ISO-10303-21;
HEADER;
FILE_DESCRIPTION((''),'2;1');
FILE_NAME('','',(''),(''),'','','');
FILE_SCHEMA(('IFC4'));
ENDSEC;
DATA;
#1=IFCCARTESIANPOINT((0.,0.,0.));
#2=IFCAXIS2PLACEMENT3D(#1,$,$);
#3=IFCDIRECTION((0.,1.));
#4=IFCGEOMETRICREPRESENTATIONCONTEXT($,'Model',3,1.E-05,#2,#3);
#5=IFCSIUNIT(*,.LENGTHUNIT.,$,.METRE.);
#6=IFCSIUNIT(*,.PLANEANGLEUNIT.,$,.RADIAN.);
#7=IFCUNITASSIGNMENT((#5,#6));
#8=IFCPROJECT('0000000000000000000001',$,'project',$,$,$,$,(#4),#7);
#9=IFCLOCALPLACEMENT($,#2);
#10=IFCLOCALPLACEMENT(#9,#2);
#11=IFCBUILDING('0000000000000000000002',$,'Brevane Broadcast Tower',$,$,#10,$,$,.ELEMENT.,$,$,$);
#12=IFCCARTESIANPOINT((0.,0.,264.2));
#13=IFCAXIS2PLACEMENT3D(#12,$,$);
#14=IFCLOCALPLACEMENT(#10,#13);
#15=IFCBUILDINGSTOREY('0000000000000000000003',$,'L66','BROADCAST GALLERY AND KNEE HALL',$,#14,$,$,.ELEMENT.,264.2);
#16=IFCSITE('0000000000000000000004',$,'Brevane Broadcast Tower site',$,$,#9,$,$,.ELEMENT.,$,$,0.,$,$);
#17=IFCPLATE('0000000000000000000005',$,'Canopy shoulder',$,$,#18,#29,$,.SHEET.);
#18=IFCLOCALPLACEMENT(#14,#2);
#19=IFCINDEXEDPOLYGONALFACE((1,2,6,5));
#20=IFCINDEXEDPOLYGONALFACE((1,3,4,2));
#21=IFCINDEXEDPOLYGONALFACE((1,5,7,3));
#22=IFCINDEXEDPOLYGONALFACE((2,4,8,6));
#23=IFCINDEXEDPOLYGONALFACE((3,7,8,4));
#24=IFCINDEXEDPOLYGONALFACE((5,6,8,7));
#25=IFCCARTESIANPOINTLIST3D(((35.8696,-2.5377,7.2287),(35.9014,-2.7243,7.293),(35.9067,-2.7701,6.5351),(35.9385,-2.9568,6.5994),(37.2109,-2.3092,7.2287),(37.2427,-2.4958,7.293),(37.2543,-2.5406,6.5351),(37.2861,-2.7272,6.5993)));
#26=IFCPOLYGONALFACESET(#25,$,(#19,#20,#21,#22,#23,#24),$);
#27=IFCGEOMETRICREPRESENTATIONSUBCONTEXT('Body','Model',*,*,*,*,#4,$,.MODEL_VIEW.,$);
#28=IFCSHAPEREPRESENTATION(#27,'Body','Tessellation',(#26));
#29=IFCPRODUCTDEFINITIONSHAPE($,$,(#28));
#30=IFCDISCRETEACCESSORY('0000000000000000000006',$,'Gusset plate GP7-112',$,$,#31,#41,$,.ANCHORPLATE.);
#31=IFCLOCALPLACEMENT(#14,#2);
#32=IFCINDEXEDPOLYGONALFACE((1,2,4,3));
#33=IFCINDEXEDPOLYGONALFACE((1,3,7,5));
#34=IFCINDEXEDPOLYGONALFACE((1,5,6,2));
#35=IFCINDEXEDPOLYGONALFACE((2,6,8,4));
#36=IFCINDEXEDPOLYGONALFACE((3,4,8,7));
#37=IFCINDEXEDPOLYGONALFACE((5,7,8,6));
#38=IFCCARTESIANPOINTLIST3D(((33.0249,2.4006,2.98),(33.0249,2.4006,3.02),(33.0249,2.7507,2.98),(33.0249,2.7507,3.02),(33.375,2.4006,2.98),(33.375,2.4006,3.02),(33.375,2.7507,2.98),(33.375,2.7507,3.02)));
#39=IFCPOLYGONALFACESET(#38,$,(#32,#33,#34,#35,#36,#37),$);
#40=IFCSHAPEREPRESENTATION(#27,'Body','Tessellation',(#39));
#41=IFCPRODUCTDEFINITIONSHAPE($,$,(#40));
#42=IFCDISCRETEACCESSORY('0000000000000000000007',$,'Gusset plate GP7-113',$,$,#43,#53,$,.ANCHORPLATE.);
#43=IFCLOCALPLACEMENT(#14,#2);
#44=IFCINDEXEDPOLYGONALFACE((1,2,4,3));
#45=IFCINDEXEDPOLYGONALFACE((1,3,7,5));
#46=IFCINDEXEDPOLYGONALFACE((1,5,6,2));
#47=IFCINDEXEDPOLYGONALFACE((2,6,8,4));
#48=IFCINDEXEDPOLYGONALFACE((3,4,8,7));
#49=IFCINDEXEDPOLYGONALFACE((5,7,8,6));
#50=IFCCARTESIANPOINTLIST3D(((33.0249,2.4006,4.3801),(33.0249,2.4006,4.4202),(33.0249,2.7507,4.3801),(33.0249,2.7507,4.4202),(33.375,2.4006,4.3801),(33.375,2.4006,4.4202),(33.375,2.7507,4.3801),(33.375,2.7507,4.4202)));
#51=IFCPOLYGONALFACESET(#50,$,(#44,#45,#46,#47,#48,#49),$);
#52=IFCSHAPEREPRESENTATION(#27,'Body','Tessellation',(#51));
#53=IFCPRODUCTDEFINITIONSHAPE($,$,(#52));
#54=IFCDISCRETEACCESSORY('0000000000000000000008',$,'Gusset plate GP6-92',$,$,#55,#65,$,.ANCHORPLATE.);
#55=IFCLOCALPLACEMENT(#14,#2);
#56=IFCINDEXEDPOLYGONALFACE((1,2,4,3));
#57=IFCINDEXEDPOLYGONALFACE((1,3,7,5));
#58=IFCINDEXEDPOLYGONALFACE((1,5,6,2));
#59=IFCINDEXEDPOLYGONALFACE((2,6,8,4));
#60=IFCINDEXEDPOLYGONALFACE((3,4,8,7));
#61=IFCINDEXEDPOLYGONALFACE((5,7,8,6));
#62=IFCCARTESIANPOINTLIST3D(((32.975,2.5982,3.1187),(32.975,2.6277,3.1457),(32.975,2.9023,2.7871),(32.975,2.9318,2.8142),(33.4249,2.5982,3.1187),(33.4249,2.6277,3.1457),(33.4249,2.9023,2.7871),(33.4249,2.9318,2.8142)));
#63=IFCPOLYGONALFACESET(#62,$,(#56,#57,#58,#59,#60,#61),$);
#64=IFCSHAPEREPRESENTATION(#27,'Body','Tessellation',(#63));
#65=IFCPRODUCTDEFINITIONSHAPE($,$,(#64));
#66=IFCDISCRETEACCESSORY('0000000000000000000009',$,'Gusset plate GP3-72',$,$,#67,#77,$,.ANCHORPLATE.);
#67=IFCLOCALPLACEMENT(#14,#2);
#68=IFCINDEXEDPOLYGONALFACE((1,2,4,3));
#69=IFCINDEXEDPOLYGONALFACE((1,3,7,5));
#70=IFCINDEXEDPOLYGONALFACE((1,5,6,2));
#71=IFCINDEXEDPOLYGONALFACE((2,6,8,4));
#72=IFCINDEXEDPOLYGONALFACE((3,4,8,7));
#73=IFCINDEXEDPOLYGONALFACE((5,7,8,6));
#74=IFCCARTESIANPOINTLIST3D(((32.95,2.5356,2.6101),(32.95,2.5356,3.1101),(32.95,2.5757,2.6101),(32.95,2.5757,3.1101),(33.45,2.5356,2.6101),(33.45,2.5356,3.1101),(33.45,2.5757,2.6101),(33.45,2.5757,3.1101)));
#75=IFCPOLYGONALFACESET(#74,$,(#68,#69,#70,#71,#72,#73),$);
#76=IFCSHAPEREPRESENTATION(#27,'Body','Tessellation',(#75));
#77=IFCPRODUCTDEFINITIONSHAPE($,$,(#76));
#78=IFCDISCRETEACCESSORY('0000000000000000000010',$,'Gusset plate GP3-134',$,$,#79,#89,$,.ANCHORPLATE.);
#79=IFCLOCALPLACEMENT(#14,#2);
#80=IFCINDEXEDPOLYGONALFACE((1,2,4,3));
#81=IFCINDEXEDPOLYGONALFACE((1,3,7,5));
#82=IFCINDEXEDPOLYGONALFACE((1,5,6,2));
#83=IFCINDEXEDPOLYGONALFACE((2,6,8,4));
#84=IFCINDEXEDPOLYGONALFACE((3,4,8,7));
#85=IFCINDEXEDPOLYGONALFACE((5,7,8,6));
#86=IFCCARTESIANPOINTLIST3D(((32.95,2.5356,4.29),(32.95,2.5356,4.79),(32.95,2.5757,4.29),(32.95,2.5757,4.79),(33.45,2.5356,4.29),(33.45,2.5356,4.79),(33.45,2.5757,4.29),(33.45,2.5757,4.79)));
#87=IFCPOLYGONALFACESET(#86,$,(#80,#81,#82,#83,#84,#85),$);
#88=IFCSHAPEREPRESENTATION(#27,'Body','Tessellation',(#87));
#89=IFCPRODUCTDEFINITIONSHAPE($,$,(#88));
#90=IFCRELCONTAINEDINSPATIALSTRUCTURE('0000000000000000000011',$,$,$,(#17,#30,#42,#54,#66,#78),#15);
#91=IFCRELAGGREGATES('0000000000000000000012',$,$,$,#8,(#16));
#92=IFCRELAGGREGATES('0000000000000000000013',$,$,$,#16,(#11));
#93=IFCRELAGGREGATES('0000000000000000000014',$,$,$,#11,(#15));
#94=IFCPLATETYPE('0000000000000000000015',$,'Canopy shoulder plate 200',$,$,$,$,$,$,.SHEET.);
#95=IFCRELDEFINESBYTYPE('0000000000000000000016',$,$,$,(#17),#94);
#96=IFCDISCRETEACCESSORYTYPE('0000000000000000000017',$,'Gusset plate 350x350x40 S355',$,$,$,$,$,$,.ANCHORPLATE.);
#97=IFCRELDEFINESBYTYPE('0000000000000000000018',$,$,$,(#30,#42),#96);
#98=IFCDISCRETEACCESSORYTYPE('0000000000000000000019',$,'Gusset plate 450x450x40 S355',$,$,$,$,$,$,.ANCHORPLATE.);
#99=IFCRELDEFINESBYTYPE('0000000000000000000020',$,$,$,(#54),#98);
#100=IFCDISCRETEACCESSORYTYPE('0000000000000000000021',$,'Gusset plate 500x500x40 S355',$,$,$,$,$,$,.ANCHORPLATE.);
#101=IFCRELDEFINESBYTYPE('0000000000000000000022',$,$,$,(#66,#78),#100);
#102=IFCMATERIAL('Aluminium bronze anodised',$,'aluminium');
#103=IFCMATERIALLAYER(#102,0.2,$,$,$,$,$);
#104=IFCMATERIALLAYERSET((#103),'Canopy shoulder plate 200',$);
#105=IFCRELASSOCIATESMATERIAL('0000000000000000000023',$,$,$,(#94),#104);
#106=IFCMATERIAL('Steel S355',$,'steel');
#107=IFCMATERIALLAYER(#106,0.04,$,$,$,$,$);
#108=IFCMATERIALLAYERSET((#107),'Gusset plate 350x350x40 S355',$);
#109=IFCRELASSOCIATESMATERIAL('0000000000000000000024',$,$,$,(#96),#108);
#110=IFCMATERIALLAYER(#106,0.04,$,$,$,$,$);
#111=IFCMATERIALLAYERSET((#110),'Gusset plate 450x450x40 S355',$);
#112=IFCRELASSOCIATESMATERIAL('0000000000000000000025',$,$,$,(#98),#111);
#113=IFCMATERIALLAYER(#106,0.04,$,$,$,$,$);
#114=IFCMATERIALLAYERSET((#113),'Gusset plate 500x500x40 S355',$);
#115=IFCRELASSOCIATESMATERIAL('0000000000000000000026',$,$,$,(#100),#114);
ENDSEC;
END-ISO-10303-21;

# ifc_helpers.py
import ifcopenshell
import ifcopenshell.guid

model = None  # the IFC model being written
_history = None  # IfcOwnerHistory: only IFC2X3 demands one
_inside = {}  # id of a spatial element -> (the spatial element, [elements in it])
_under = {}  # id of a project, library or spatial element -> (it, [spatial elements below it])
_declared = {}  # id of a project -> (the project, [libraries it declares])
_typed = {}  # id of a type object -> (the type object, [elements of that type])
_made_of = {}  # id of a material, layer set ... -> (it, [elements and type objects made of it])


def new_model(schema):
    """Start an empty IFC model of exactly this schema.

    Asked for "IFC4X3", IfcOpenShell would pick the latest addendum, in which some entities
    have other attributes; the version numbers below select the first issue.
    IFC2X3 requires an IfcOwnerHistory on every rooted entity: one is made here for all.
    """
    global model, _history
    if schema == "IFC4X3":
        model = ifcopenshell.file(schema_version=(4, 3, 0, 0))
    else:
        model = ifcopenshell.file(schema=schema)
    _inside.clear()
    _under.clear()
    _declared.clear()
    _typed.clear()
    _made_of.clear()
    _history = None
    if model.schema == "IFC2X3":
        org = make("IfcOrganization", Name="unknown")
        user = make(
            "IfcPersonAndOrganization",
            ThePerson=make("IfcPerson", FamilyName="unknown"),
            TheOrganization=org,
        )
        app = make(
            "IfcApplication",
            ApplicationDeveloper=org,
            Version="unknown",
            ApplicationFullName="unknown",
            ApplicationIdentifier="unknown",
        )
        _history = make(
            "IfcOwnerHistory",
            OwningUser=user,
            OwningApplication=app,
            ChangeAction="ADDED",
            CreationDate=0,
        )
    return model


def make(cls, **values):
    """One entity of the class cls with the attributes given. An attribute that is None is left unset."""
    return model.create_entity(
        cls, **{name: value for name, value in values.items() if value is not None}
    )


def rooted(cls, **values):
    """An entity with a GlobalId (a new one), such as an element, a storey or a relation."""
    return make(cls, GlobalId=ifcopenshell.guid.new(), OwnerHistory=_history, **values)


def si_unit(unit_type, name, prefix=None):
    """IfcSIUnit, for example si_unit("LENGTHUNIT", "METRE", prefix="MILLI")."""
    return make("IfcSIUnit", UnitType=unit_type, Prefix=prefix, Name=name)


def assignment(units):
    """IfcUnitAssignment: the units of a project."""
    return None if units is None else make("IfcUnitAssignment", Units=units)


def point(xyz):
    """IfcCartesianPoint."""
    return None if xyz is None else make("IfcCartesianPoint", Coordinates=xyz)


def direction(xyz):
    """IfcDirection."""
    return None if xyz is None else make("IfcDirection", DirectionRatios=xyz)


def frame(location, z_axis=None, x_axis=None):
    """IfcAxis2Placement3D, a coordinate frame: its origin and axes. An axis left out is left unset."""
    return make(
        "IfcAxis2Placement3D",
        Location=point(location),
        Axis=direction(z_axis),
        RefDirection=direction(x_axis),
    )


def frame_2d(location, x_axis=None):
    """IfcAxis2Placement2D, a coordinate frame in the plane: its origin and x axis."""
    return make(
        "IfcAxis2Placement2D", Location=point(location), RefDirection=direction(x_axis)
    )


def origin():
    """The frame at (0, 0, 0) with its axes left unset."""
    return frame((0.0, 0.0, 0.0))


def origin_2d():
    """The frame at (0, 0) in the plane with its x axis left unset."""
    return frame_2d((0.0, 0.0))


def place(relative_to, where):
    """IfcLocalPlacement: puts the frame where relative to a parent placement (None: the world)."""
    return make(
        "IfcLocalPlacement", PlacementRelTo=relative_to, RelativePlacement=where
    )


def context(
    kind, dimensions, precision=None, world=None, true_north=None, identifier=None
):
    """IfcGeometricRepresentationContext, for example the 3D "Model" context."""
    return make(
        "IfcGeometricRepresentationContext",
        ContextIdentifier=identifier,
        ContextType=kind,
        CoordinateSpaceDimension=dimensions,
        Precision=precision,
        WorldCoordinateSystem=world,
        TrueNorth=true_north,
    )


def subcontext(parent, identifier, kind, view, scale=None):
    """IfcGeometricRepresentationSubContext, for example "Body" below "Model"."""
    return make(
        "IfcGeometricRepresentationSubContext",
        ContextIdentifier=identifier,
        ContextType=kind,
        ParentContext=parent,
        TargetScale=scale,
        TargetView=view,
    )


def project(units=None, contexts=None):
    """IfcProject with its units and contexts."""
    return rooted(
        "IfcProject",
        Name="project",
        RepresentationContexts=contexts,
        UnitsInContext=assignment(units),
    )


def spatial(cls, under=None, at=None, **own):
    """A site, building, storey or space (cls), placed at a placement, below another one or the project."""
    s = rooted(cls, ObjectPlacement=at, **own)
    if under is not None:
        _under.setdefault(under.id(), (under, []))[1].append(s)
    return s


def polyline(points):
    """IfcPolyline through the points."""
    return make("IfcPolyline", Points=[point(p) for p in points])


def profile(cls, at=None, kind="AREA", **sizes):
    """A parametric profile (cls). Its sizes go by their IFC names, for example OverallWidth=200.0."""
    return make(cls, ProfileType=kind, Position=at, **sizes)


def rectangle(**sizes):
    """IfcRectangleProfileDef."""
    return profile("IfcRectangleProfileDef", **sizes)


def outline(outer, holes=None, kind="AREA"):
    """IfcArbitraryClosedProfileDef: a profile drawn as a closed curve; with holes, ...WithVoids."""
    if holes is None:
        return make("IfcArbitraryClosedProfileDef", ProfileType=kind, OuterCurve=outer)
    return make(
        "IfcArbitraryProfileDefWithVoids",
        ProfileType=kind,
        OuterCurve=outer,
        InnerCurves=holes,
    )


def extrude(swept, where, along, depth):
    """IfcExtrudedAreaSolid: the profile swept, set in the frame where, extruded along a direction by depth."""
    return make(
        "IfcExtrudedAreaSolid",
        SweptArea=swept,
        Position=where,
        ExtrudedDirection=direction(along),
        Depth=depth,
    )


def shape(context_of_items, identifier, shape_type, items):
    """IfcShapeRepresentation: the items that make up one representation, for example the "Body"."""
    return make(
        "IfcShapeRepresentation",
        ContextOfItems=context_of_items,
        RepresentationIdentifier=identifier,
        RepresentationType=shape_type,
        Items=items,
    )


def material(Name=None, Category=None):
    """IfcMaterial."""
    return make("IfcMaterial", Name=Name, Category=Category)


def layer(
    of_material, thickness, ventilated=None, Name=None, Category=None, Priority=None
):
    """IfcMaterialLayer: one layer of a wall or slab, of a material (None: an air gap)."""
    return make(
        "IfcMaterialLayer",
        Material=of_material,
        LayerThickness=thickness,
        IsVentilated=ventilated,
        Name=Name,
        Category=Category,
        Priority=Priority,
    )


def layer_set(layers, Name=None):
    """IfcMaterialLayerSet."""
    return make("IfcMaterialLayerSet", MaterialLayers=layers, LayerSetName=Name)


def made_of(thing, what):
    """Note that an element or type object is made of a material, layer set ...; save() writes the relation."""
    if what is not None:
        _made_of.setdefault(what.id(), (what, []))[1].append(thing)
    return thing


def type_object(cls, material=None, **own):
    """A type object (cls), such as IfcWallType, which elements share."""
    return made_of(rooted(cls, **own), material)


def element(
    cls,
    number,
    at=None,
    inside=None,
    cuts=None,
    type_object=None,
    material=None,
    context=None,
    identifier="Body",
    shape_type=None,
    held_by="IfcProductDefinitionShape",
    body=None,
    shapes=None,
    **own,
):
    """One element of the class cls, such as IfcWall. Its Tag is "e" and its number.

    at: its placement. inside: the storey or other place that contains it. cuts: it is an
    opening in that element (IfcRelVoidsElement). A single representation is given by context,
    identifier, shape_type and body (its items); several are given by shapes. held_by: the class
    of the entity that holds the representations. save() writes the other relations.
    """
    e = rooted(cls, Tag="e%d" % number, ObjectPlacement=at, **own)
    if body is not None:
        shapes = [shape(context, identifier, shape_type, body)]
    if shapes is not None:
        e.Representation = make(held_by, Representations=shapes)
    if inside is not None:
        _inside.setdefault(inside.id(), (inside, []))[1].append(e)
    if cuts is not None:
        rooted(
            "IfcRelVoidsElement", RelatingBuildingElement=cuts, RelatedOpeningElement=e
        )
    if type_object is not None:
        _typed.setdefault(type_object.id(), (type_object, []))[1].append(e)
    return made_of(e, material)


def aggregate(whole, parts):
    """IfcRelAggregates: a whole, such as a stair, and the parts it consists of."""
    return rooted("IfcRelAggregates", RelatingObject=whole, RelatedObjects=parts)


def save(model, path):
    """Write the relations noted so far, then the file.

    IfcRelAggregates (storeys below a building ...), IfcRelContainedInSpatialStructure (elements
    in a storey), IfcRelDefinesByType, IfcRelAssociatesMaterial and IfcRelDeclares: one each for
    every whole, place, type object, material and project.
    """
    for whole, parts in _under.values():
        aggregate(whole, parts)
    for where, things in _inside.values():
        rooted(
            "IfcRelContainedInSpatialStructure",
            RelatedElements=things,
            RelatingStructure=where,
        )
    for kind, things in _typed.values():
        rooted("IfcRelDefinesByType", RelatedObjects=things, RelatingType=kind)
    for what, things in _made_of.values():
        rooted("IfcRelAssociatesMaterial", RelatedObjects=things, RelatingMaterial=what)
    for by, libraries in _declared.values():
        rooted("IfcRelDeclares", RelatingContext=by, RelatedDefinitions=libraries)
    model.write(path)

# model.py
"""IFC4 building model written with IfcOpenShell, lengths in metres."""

from ifc_helpers import new_model, si_unit, direction, frame, origin, origin_2d, place, context, subcontext, project, spatial, polyline, rectangle, outline, extrude, material, layer, layer_set, type_object, element, save


model = new_model("IFC4")

# Units and contexts
model_context = context("Model", 3, precision=1e-05, world=origin(), true_north=direction((0.0, 1.0)))
body_context = subcontext(model_context, "Body", "Model", "MODEL_VIEW")
ifc_project = project(units=[si_unit("LENGTHUNIT", "METRE"), si_unit("PLANEANGLEUNIT", "RADIAN")], contexts=[model_context])

# Site, building, storey
site_placement = place(None, origin())
site = spatial("IfcSite", under=ifc_project, at=site_placement, Name="Brevane Broadcast Tower site", CompositionType="ELEMENT", RefElevation=0.0)
building_placement = place(site_placement, origin())
building = spatial("IfcBuilding", under=site, at=building_placement, Name="Brevane Broadcast Tower", CompositionType="ELEMENT")
storey_placement = place(building_placement, frame((0.0, 0.0, 264.2)))
storey = spatial("IfcBuildingStorey", under=building, at=storey_placement, Name="L66", Description="BROADCAST GALLERY AND KNEE HALL", CompositionType="ELEMENT", Elevation=264.2)

# Shared definitions
ifc_material_1 = material(Name="Steel S355", Category="steel")

# Plate
ifc_material_2 = material(Name="Aluminium bronze anodised", Category="aluminium")
ifc_layer_1 = layer(ifc_material_2, 0.2)
ifc_layer_set_1 = layer_set([ifc_layer_1], Name="Canopy shoulder plate 200")
plate_type_1 = type_object("IfcPlateType", Name="Canopy shoulder plate 200", PredefinedType="SHEET", material=ifc_layer_set_1)
plate_1_placement = place(storey_placement, frame((35.9385, -2.9568, 6.5994), z_axis=(0.159002, -0.933503, 0.321388), x_axis=(0.985803, 0.167907, -0.000011)))
element("IfcPlate", 1, at=plate_1_placement, inside=storey, type_object=plate_type_1, Name="Canopy shoulder", PredefinedType="SHEET", context=body_context, shape_type="SweptSolid", body=[
    extrude(outline(polyline([(0.0, 0.0), (1.3671, 0.0), (1.3631, 0.7325), (0.0024, 0.7324), (0.0, 0.0)])), origin(), (0.0, 0.0, -1.0), 0.2),
])

# Discrete accessories
ifc_layer_2 = layer(ifc_material_1, 0.04)
ifc_layer_set_2 = layer_set([ifc_layer_2], Name="Gusset plate 350x350x40 S355")
discrete_accessory_type_1 = type_object("IfcDiscreteAccessoryType", Name="Gusset plate 350x350x40 S355", PredefinedType="ANCHORPLATE", material=ifc_layer_set_2)
for number, where, z_axis, x_axis, name in (
    (2, (33.2, 2.5757, 2.98), (0.0, 0.0, 1.0), (1.0, 0.0, 0.0), "Gusset plate GP7-112"),
    (3, (33.2, 2.5757, 4.3801), (0.0, 0.0, 1.0), (1.0, 0.0, 0.0), "Gusset plate GP7-113"),
):
    element("IfcDiscreteAccessory", number, at=place(storey_placement, frame(where, z_axis=z_axis, x_axis=x_axis)), inside=storey, type_object=discrete_accessory_type_1, Name=name, PredefinedType="ANCHORPLATE", context=body_context, shape_type="SweptSolid", body=[
        extrude(rectangle(XDim=0.3501, YDim=0.3501, at=origin_2d()), origin(), (0.0, 0.0, 1.0), 0.04),
    ])
ifc_layer_3 = layer(ifc_material_1, 0.04)
ifc_layer_set_3 = layer_set([ifc_layer_3], Name="Gusset plate 450x450x40 S355")
discrete_accessory_type_2 = type_object("IfcDiscreteAccessoryType", Name="Gusset plate 450x450x40 S355", PredefinedType="ANCHORPLATE", material=ifc_layer_set_3)
discrete_accessory_placement = place(storey_placement, frame((33.2, 2.7502, 2.9529), z_axis=(0.0, 0.736901, 0.676), x_axis=(-1.0, 0.0, 0.0)))
element("IfcDiscreteAccessory", 4, at=discrete_accessory_placement, inside=storey, type_object=discrete_accessory_type_2, Name="Gusset plate GP6-92", PredefinedType="ANCHORPLATE", context=body_context, shape_type="SweptSolid", body=[
    extrude(rectangle(XDim=0.45, YDim=0.45, at=origin_2d()), origin(), (0.0, 0.0, 1.0), 0.04),
])
ifc_layer_4 = layer(ifc_material_1, 0.04)
ifc_layer_set_4 = layer_set([ifc_layer_4], Name="Gusset plate 500x500x40 S355")
discrete_accessory_type_3 = type_object("IfcDiscreteAccessoryType", Name="Gusset plate 500x500x40 S355", PredefinedType="ANCHORPLATE", material=ifc_layer_set_4)
for number, where, z_axis, x_axis, name in (
    (5, (33.2, 2.5356, 2.8601), (0.0, 1.0, 0.0), (-1.0, 0.0, 0.0), "Gusset plate GP3-72"),
    (6, (33.2, 2.5356, 4.54), (0.0, 1.0, 0.0), (-1.0, 0.0, 0.0), "Gusset plate GP3-134"),
):
    element("IfcDiscreteAccessory", number, at=place(storey_placement, frame(where, z_axis=z_axis, x_axis=x_axis)), inside=storey, type_object=discrete_accessory_type_3, Name=name, PredefinedType="ANCHORPLATE", context=body_context, shape_type="SweptSolid", body=[
        extrude(rectangle(XDim=0.5, YDim=0.5, at=origin_2d()), origin(), (0.0, 0.0, 1.0), 0.04),
    ])

save(model, "model.ifc")
